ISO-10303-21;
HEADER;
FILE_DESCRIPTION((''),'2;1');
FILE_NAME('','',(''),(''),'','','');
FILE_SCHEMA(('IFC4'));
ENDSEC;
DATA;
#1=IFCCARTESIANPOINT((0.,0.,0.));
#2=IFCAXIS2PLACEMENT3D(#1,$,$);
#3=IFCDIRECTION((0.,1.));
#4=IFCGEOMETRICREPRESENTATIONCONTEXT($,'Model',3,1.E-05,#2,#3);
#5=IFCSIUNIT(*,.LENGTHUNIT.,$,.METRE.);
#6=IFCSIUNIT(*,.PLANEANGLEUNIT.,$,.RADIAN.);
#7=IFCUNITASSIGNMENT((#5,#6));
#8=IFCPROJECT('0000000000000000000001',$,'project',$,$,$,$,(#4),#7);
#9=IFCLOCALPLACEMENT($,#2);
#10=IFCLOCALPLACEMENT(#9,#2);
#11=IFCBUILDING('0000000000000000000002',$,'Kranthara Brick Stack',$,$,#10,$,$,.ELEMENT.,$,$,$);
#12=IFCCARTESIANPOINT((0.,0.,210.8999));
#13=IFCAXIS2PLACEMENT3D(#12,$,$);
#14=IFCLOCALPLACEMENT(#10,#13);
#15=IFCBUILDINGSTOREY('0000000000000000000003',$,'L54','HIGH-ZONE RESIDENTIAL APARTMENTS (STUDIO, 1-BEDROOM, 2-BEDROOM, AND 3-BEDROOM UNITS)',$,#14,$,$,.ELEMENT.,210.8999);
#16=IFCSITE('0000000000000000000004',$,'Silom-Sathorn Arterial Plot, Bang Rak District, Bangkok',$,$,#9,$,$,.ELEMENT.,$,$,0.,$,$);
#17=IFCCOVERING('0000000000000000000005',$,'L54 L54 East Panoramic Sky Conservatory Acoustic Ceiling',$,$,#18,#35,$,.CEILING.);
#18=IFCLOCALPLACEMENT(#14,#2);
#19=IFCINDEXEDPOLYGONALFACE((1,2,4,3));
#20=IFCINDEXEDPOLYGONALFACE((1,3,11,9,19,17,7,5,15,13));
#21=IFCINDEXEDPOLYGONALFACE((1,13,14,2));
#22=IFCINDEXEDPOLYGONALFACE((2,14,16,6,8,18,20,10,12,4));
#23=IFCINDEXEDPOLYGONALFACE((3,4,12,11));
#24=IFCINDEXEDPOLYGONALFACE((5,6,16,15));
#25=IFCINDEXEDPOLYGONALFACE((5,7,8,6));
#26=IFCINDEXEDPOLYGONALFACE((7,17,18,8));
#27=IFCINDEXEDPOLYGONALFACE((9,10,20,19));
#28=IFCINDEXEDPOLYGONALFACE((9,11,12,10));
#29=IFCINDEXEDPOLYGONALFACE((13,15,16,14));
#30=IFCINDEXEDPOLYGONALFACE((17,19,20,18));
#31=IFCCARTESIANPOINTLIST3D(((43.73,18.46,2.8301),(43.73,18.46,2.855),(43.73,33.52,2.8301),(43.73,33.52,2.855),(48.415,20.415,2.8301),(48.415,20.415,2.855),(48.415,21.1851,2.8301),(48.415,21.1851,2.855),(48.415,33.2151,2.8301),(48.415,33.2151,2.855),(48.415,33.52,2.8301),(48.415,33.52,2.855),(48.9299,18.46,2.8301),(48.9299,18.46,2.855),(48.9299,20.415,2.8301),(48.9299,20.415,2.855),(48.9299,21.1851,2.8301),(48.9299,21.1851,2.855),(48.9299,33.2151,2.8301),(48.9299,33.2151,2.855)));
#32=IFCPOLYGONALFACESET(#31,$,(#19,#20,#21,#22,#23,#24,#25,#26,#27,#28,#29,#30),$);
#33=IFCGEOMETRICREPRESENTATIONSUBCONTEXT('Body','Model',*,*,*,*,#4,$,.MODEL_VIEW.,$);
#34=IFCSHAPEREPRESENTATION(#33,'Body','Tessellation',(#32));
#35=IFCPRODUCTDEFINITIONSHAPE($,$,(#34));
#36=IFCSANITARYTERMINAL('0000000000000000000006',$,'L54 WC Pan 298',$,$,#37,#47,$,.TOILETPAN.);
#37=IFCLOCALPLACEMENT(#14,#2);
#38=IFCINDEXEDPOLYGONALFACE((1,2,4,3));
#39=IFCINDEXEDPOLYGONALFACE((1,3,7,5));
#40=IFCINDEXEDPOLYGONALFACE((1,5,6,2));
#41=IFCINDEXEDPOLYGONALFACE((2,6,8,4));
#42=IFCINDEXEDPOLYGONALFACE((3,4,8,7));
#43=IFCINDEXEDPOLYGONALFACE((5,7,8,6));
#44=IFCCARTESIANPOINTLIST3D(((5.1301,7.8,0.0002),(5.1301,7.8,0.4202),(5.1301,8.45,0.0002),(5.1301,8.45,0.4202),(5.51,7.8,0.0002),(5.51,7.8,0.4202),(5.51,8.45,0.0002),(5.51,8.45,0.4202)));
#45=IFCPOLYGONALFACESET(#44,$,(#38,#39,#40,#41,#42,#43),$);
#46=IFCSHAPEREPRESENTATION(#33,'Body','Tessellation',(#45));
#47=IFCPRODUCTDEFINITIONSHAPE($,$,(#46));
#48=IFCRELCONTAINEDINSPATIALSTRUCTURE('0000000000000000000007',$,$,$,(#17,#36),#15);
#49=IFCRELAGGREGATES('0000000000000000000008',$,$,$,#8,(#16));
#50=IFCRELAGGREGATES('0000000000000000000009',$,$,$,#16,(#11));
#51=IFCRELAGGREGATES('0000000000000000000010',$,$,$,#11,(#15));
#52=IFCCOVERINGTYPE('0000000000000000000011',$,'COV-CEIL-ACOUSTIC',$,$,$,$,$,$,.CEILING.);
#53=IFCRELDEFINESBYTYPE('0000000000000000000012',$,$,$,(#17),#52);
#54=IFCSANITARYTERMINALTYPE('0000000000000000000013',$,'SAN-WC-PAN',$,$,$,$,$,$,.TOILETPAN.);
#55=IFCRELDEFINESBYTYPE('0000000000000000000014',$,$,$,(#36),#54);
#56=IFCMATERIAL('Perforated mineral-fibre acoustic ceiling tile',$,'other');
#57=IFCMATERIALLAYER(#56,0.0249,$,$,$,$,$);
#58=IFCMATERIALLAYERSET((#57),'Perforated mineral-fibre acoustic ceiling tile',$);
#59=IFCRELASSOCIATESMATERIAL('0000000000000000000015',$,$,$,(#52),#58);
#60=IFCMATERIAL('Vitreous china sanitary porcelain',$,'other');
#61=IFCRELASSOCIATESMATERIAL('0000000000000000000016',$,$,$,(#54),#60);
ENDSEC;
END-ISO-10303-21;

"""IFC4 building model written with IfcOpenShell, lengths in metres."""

from ifc_helpers import new_model, si_unit, direction, frame, origin, origin_2d, place, context, subcontext, project, spatial, polyline, rectangle, outline, extrude, material, layer, layer_set, type_object, element, save


model = new_model("IFC4")

# Units and contexts
model_context = context("Model", 3, precision=1e-05, world=origin(), true_north=direction((0.0, 1.0)))
body_context = subcontext(model_context, "Body", "Model", "MODEL_VIEW")
ifc_project = project(units=[si_unit("LENGTHUNIT", "METRE"), si_unit("PLANEANGLEUNIT", "RADIAN")], contexts=[model_context])

# Site, building, storey
site_placement = place(None, origin())
site = spatial("IfcSite", under=ifc_project, at=site_placement, Name="Silom-Sathorn Arterial Plot, Bang Rak District, Bangkok", CompositionType="ELEMENT", RefElevation=0.0)
building_placement = place(site_placement, origin())
building = spatial("IfcBuilding", under=site, at=building_placement, Name="Kranthara Brick Stack", CompositionType="ELEMENT")
storey_placement = place(building_placement, frame((0.0, 0.0, 210.8999)))
storey = spatial("IfcBuildingStorey", under=building, at=storey_placement, Name="L54", Description="HIGH-ZONE RESIDENTIAL APARTMENTS (STUDIO, 1-BEDROOM, 2-BEDROOM, AND 3-BEDROOM UNITS)", CompositionType="ELEMENT", Elevation=210.8999)

# Covering
ifc_material_1 = material(Name="Perforated mineral-fibre acoustic ceiling tile", Category="other")
ifc_layer_1 = layer(ifc_material_1, 0.0249)
ifc_layer_set_1 = layer_set([ifc_layer_1], Name="Perforated mineral-fibre acoustic ceiling tile")
covering_type = type_object("IfcCoveringType", Name="COV-CEIL-ACOUSTIC", PredefinedType="CEILING", material=ifc_layer_set_1)
covering_1_placement = place(storey_placement, frame((0.0, 0.0, 2.8301)))
element("IfcCovering", 1, at=covering_1_placement, inside=storey, type_object=covering_type, Name="L54 L54 East Panoramic Sky Conservatory Acoustic Ceiling", PredefinedType="CEILING", context=body_context, shape_type="SweptSolid", body=[
    extrude(outline(polyline([(43.73, 18.46), (43.73, 33.52), (48.415, 33.52), (48.415, 33.2151), (48.9299, 33.2151), (48.9299, 21.1851), (48.415, 21.1851), (48.415, 20.415), (48.9299, 20.415), (48.9299, 18.46), (43.73, 18.46)])), origin(), (0.0, 0.0, 1.0), 0.0249),
])

# Sanitary terminal
ifc_material_2 = material(Name="Vitreous china sanitary porcelain", Category="other")
sanitary_terminal_type = type_object("IfcSanitaryTerminalType", Name="SAN-WC-PAN", PredefinedType="TOILETPAN", material=ifc_material_2)
sanitary_terminal_placement = place(storey_placement, frame((5.3201, 8.125, 0.0002), z_axis=(0.0, 0.0, 1.0), x_axis=(1.0, 0.0, 0.0)))
element("IfcSanitaryTerminal", 2, at=sanitary_terminal_placement, inside=storey, type_object=sanitary_terminal_type, Name="L54 WC Pan 298", PredefinedType="TOILETPAN", context=body_context, shape_type="SweptSolid", body=[
    extrude(rectangle(XDim=0.3799, YDim=0.6499, at=origin_2d()), origin(), (0.0, 0.0, 1.0), 0.4199),
])

save(model, "model.ifc")
